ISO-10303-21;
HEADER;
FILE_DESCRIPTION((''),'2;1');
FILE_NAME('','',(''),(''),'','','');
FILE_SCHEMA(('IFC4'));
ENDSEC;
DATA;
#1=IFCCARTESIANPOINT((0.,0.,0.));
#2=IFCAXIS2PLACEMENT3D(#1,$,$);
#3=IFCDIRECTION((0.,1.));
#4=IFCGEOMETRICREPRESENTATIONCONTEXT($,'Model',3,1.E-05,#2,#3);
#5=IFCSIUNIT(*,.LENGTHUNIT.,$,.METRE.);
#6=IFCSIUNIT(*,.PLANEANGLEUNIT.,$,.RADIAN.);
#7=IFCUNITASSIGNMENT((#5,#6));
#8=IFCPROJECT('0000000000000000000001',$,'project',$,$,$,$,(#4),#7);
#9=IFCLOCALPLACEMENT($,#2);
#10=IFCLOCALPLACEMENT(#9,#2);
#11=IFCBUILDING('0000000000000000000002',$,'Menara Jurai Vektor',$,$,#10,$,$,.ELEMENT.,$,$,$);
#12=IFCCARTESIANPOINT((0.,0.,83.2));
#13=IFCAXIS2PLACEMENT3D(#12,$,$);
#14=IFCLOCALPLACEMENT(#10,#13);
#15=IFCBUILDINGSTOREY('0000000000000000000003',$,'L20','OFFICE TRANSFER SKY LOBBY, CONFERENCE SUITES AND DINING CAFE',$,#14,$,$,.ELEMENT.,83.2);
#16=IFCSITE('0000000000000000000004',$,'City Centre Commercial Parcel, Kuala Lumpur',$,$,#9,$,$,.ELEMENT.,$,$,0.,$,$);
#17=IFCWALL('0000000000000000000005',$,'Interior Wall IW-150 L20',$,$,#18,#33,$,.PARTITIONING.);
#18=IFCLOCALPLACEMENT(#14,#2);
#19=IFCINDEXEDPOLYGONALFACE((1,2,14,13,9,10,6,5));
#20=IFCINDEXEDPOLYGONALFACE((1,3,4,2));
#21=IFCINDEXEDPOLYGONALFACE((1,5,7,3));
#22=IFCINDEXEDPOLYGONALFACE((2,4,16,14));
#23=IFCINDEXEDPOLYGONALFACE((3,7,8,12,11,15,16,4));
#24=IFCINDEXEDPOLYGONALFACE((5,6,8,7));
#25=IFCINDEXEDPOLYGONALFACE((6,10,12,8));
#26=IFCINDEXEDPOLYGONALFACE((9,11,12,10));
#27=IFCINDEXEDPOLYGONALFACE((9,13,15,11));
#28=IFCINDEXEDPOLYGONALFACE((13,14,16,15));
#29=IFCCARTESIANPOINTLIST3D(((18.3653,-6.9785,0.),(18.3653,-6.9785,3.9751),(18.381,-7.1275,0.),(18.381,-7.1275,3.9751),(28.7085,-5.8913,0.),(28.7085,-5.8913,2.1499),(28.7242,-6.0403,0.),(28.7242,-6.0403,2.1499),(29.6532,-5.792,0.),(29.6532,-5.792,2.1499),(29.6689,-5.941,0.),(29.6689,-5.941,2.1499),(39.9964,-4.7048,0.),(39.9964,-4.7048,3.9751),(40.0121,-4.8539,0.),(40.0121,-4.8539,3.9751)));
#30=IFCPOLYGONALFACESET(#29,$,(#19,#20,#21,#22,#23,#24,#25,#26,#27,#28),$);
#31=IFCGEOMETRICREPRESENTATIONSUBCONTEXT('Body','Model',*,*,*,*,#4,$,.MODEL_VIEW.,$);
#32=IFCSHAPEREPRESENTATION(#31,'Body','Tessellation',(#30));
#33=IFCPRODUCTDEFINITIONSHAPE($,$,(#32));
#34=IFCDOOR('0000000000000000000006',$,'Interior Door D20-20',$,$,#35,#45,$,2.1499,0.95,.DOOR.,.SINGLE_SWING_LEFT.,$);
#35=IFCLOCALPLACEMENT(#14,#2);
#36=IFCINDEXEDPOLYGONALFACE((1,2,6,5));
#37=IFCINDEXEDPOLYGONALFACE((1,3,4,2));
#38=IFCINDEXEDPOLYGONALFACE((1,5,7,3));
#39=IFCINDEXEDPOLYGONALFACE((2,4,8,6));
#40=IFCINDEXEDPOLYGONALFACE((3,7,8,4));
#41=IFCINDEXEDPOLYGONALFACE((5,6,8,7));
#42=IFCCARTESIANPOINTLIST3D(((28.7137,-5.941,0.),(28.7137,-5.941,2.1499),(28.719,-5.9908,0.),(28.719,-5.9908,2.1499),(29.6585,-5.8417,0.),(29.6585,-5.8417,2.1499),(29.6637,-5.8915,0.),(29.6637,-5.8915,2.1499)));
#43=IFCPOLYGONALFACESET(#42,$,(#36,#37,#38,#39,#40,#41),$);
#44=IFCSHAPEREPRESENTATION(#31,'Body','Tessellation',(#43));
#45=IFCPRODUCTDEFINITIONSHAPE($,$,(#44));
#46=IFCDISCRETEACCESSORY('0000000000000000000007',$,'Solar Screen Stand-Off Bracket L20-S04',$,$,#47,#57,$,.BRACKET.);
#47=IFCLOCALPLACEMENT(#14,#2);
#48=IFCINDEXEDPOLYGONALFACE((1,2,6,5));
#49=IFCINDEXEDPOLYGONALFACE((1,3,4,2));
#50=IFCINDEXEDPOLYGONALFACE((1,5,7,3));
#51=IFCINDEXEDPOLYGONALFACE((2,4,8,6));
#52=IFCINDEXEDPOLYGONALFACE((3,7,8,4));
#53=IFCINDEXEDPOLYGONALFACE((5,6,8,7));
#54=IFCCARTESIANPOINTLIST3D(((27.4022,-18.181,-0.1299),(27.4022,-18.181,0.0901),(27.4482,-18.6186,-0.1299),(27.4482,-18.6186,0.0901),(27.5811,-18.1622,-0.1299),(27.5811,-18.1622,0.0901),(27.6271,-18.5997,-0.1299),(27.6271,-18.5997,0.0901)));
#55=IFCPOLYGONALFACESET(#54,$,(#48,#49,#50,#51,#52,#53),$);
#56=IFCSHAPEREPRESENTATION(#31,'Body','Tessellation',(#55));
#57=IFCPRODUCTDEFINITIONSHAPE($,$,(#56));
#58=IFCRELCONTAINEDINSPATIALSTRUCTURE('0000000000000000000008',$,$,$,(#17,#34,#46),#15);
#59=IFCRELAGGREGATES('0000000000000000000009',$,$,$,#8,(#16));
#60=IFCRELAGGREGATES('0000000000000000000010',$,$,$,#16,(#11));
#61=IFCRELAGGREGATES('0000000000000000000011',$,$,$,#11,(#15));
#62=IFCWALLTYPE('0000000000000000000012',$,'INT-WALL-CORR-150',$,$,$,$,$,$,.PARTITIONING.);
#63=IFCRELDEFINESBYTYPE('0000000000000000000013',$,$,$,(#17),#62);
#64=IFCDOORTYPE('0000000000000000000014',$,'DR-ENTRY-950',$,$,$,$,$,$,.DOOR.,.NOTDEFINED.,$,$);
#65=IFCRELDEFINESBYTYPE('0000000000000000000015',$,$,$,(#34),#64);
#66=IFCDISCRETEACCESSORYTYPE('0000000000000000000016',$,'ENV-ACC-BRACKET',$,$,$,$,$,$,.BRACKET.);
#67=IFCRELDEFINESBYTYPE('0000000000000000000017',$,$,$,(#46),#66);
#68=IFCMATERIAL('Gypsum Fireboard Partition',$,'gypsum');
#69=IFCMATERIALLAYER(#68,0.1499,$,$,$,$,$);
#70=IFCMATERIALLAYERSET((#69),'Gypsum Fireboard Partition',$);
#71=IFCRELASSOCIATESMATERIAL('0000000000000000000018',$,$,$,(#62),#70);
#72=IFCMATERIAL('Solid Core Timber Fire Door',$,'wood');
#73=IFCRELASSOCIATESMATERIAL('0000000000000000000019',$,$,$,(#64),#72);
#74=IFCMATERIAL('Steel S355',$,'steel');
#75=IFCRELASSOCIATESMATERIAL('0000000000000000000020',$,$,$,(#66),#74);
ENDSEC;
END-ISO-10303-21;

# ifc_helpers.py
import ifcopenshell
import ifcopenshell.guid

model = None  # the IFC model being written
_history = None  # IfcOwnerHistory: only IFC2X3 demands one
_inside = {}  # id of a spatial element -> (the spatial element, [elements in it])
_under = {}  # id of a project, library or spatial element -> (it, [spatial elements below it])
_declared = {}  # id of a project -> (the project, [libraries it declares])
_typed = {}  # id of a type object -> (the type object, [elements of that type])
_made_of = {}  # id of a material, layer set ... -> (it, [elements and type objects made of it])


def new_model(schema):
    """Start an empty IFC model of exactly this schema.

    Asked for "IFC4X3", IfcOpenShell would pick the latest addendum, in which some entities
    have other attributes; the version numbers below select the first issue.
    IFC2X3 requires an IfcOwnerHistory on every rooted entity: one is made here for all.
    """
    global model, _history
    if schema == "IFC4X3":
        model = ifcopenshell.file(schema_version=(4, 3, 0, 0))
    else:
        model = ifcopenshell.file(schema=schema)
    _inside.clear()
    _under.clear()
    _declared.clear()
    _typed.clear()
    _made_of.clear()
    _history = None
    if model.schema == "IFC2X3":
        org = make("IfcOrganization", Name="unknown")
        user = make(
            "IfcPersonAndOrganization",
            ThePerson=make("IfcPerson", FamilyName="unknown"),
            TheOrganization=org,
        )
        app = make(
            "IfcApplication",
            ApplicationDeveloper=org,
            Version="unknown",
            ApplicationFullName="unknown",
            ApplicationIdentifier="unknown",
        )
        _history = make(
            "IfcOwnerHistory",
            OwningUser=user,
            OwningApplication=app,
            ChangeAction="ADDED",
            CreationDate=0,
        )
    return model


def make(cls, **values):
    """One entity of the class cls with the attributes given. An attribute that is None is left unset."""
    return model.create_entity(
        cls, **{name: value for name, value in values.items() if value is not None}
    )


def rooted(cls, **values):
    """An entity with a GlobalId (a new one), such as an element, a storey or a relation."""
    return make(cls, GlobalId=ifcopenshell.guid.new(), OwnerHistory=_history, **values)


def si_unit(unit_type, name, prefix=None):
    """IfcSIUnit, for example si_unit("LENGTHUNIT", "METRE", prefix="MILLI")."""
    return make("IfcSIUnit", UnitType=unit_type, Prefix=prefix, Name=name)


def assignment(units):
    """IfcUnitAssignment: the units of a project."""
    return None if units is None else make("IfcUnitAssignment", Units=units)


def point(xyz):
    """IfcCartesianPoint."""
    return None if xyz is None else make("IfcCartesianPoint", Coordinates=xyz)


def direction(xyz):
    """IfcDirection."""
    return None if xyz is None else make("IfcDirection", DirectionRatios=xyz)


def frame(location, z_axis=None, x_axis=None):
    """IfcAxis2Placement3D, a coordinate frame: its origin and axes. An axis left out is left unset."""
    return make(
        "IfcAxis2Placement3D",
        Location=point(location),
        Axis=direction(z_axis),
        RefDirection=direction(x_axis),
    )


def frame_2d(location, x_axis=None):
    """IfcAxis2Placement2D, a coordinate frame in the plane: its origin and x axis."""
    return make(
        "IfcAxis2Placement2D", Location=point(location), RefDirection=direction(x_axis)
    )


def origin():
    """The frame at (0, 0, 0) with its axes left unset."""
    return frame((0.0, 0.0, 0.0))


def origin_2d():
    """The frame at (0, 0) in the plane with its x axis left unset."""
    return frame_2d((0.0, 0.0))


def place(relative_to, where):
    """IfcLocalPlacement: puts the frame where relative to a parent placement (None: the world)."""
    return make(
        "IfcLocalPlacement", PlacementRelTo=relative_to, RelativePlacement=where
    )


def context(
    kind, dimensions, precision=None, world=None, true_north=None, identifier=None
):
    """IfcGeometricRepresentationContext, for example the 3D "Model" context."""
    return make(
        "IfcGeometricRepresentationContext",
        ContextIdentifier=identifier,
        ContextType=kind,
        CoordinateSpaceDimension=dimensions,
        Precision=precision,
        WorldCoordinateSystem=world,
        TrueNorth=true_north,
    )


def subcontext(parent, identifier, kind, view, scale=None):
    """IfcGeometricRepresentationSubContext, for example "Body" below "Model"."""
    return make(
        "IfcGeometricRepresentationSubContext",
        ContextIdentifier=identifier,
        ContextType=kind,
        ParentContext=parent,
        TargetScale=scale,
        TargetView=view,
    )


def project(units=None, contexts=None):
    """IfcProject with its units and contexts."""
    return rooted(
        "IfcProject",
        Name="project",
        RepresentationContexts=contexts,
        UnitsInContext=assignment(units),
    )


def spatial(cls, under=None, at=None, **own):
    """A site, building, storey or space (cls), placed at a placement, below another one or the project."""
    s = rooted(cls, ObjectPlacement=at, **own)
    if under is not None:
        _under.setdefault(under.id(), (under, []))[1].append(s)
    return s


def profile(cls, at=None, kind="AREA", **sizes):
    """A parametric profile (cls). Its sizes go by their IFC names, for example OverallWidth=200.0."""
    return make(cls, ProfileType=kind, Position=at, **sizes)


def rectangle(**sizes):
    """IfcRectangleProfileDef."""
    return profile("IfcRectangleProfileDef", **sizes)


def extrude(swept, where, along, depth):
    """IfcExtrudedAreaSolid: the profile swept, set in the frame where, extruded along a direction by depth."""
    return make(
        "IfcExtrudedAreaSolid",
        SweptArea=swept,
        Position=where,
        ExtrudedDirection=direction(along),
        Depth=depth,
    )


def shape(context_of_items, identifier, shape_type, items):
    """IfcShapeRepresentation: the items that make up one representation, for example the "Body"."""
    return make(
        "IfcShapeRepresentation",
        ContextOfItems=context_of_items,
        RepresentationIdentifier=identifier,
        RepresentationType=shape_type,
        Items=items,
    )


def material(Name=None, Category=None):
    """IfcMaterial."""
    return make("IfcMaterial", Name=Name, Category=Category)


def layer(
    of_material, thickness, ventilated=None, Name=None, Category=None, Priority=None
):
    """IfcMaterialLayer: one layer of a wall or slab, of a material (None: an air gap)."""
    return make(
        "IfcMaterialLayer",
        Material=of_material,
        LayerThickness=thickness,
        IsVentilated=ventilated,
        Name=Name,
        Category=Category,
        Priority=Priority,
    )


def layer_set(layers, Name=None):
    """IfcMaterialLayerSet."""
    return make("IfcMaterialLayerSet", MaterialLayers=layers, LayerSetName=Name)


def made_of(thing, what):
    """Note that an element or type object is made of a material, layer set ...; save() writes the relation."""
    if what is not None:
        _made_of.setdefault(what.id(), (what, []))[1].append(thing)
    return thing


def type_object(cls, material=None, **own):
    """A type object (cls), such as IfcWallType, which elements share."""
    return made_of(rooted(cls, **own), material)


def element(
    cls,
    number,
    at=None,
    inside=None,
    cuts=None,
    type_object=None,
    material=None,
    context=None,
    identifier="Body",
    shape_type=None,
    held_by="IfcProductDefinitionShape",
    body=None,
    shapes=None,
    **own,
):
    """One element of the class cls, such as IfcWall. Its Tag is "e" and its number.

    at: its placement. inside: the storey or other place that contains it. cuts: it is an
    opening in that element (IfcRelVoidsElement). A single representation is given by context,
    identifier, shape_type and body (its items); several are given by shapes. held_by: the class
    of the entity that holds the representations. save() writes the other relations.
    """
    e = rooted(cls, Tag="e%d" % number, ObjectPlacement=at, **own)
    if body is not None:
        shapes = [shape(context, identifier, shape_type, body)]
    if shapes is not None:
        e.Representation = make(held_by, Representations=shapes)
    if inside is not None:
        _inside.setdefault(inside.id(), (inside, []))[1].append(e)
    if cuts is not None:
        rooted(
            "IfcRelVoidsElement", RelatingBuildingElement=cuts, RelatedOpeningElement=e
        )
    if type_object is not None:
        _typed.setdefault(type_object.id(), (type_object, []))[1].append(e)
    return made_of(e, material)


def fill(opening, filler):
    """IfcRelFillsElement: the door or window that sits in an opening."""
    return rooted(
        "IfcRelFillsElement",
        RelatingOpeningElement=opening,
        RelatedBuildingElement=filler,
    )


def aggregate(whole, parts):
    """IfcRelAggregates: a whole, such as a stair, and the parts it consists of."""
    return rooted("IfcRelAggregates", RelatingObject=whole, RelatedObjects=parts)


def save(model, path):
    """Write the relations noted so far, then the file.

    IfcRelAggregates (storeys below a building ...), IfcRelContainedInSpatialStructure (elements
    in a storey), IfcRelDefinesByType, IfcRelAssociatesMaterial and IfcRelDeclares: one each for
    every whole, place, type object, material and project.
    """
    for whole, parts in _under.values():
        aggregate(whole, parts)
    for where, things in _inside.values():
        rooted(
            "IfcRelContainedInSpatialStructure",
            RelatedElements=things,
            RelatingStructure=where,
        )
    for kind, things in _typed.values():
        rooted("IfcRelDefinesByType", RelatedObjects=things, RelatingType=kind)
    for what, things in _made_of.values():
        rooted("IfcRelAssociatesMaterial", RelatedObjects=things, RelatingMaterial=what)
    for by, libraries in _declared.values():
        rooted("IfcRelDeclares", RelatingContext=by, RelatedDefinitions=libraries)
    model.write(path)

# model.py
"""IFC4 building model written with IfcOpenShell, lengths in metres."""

from ifc_helpers import new_model, si_unit, direction, frame, frame_2d, origin, origin_2d, place, context, subcontext, project, spatial, rectangle, extrude, material, layer, layer_set, type_object, element, fill, save


model = new_model("IFC4")

# Units and contexts
model_context = context("Model", 3, precision=1e-05, world=origin(), true_north=direction((0.0, 1.0)))
body_context = subcontext(model_context, "Body", "Model", "MODEL_VIEW")
ifc_project = project(units=[si_unit("LENGTHUNIT", "METRE"), si_unit("PLANEANGLEUNIT", "RADIAN")], contexts=[model_context])

# Site, building, storey
site_placement = place(None, origin())
site = spatial("IfcSite", under=ifc_project, at=site_placement, Name="City Centre Commercial Parcel, Kuala Lumpur", CompositionType="ELEMENT", RefElevation=0.0)
building_placement = place(site_placement, origin())
building = spatial("IfcBuilding", under=site, at=building_placement, Name="Menara Jurai Vektor", CompositionType="ELEMENT")
storey_placement = place(building_placement, frame((0.0, 0.0, 83.2)))
storey = spatial("IfcBuildingStorey", under=building, at=storey_placement, Name="L20", Description="OFFICE TRANSFER SKY LOBBY, CONFERENCE SUITES AND DINING CAFE", CompositionType="ELEMENT", Elevation=83.2)

# Shared definitions
ifc_material_1 = material(Name="Steel S355", Category="steel")

# Shared definitions
ifc_material_2 = material(Name="Gypsum Fireboard Partition", Category="gypsum")
ifc_layer_1 = layer(ifc_material_2, 0.1499)
ifc_layer_set_1 = layer_set([ifc_layer_1], Name="Gypsum Fireboard Partition")
wall_type = type_object("IfcWallType", Name="INT-WALL-CORR-150", PredefinedType="PARTITIONING", material=ifc_layer_set_1)

# Wall, opening, door
wall_1_placement = place(storey_placement, frame((18.3733, -7.053, 0.0), z_axis=(0.0, 0.0, 1.0), x_axis=(0.994521, 0.104536, 0.0)))
wall_1 = element("IfcWall", 1, at=wall_1_placement, inside=storey, type_object=wall_type, Name="Interior Wall IW-150 L20", PredefinedType="PARTITIONING", context=body_context, shape_type="SweptSolid", body=[
    extrude(rectangle(XDim=21.7502, YDim=0.1499, at=frame_2d((10.875, 0.0))), origin(), (0.0, 0.0, 1.0), 3.9751),
])
opening_placement = place(wall_1_placement, frame((10.3999, 0.0, 0.0)))
opening = element("IfcOpeningElement", 2, at=opening_placement, cuts=wall_1, PredefinedType="OPENING", context=body_context, shape_type="SweptSolid", body=[
    extrude(rectangle(XDim=0.95, YDim=2.1499, at=frame_2d((0.4751, 1.075))), frame((0.0, 0.085, 0.0), z_axis=(0.0, -1.0, 0.0), x_axis=(1.0, 0.0, 0.0)), (0.0, 0.0, 1.0), 0.1699),
])
ifc_material_3 = material(Name="Solid Core Timber Fire Door", Category="wood")
door_type = type_object("IfcDoorType", Name="DR-ENTRY-950", OperationType="NOTDEFINED", PredefinedType="DOOR", material=ifc_material_3)
door_placement = place(opening_placement, origin())
door = element("IfcDoor", 3, at=door_placement, inside=storey, type_object=door_type, Name="Interior Door D20-20", OperationType="SINGLE_SWING_LEFT", OverallHeight=2.1499, OverallWidth=0.95, PredefinedType="DOOR", context=body_context, shape_type="SweptSolid", body=[
    extrude(rectangle(XDim=0.95, YDim=2.1499, at=frame_2d((0.4751, 1.075))), frame((0.0, 0.0249, 0.0), z_axis=(0.0, -1.0, 0.0), x_axis=(1.0, 0.0, 0.0)), (0.0, 0.0, 1.0), 0.05),
])
fill(opening, door)

# Discrete accessory
discrete_accessory_type = type_object("IfcDiscreteAccessoryType", Name="ENV-ACC-BRACKET", PredefinedType="BRACKET", material=ifc_material_1)
discrete_accessory_placement = place(storey_placement, frame((27.5146, -18.3904, -0.1299), z_axis=(0.0, 0.0, 1.0), x_axis=(0.994522, 0.104528, 0.0)))
element("IfcDiscreteAccessory", 4, at=discrete_accessory_placement, inside=storey, type_object=discrete_accessory_type, Name="Solar Screen Stand-Off Bracket L20-S04", PredefinedType="BRACKET", context=body_context, shape_type="SweptSolid", body=[
    extrude(rectangle(XDim=0.1799, YDim=0.4399, at=origin_2d()), origin(), (0.0, 0.0, 1.0), 0.22),
])

save(model, "model.ifc")
